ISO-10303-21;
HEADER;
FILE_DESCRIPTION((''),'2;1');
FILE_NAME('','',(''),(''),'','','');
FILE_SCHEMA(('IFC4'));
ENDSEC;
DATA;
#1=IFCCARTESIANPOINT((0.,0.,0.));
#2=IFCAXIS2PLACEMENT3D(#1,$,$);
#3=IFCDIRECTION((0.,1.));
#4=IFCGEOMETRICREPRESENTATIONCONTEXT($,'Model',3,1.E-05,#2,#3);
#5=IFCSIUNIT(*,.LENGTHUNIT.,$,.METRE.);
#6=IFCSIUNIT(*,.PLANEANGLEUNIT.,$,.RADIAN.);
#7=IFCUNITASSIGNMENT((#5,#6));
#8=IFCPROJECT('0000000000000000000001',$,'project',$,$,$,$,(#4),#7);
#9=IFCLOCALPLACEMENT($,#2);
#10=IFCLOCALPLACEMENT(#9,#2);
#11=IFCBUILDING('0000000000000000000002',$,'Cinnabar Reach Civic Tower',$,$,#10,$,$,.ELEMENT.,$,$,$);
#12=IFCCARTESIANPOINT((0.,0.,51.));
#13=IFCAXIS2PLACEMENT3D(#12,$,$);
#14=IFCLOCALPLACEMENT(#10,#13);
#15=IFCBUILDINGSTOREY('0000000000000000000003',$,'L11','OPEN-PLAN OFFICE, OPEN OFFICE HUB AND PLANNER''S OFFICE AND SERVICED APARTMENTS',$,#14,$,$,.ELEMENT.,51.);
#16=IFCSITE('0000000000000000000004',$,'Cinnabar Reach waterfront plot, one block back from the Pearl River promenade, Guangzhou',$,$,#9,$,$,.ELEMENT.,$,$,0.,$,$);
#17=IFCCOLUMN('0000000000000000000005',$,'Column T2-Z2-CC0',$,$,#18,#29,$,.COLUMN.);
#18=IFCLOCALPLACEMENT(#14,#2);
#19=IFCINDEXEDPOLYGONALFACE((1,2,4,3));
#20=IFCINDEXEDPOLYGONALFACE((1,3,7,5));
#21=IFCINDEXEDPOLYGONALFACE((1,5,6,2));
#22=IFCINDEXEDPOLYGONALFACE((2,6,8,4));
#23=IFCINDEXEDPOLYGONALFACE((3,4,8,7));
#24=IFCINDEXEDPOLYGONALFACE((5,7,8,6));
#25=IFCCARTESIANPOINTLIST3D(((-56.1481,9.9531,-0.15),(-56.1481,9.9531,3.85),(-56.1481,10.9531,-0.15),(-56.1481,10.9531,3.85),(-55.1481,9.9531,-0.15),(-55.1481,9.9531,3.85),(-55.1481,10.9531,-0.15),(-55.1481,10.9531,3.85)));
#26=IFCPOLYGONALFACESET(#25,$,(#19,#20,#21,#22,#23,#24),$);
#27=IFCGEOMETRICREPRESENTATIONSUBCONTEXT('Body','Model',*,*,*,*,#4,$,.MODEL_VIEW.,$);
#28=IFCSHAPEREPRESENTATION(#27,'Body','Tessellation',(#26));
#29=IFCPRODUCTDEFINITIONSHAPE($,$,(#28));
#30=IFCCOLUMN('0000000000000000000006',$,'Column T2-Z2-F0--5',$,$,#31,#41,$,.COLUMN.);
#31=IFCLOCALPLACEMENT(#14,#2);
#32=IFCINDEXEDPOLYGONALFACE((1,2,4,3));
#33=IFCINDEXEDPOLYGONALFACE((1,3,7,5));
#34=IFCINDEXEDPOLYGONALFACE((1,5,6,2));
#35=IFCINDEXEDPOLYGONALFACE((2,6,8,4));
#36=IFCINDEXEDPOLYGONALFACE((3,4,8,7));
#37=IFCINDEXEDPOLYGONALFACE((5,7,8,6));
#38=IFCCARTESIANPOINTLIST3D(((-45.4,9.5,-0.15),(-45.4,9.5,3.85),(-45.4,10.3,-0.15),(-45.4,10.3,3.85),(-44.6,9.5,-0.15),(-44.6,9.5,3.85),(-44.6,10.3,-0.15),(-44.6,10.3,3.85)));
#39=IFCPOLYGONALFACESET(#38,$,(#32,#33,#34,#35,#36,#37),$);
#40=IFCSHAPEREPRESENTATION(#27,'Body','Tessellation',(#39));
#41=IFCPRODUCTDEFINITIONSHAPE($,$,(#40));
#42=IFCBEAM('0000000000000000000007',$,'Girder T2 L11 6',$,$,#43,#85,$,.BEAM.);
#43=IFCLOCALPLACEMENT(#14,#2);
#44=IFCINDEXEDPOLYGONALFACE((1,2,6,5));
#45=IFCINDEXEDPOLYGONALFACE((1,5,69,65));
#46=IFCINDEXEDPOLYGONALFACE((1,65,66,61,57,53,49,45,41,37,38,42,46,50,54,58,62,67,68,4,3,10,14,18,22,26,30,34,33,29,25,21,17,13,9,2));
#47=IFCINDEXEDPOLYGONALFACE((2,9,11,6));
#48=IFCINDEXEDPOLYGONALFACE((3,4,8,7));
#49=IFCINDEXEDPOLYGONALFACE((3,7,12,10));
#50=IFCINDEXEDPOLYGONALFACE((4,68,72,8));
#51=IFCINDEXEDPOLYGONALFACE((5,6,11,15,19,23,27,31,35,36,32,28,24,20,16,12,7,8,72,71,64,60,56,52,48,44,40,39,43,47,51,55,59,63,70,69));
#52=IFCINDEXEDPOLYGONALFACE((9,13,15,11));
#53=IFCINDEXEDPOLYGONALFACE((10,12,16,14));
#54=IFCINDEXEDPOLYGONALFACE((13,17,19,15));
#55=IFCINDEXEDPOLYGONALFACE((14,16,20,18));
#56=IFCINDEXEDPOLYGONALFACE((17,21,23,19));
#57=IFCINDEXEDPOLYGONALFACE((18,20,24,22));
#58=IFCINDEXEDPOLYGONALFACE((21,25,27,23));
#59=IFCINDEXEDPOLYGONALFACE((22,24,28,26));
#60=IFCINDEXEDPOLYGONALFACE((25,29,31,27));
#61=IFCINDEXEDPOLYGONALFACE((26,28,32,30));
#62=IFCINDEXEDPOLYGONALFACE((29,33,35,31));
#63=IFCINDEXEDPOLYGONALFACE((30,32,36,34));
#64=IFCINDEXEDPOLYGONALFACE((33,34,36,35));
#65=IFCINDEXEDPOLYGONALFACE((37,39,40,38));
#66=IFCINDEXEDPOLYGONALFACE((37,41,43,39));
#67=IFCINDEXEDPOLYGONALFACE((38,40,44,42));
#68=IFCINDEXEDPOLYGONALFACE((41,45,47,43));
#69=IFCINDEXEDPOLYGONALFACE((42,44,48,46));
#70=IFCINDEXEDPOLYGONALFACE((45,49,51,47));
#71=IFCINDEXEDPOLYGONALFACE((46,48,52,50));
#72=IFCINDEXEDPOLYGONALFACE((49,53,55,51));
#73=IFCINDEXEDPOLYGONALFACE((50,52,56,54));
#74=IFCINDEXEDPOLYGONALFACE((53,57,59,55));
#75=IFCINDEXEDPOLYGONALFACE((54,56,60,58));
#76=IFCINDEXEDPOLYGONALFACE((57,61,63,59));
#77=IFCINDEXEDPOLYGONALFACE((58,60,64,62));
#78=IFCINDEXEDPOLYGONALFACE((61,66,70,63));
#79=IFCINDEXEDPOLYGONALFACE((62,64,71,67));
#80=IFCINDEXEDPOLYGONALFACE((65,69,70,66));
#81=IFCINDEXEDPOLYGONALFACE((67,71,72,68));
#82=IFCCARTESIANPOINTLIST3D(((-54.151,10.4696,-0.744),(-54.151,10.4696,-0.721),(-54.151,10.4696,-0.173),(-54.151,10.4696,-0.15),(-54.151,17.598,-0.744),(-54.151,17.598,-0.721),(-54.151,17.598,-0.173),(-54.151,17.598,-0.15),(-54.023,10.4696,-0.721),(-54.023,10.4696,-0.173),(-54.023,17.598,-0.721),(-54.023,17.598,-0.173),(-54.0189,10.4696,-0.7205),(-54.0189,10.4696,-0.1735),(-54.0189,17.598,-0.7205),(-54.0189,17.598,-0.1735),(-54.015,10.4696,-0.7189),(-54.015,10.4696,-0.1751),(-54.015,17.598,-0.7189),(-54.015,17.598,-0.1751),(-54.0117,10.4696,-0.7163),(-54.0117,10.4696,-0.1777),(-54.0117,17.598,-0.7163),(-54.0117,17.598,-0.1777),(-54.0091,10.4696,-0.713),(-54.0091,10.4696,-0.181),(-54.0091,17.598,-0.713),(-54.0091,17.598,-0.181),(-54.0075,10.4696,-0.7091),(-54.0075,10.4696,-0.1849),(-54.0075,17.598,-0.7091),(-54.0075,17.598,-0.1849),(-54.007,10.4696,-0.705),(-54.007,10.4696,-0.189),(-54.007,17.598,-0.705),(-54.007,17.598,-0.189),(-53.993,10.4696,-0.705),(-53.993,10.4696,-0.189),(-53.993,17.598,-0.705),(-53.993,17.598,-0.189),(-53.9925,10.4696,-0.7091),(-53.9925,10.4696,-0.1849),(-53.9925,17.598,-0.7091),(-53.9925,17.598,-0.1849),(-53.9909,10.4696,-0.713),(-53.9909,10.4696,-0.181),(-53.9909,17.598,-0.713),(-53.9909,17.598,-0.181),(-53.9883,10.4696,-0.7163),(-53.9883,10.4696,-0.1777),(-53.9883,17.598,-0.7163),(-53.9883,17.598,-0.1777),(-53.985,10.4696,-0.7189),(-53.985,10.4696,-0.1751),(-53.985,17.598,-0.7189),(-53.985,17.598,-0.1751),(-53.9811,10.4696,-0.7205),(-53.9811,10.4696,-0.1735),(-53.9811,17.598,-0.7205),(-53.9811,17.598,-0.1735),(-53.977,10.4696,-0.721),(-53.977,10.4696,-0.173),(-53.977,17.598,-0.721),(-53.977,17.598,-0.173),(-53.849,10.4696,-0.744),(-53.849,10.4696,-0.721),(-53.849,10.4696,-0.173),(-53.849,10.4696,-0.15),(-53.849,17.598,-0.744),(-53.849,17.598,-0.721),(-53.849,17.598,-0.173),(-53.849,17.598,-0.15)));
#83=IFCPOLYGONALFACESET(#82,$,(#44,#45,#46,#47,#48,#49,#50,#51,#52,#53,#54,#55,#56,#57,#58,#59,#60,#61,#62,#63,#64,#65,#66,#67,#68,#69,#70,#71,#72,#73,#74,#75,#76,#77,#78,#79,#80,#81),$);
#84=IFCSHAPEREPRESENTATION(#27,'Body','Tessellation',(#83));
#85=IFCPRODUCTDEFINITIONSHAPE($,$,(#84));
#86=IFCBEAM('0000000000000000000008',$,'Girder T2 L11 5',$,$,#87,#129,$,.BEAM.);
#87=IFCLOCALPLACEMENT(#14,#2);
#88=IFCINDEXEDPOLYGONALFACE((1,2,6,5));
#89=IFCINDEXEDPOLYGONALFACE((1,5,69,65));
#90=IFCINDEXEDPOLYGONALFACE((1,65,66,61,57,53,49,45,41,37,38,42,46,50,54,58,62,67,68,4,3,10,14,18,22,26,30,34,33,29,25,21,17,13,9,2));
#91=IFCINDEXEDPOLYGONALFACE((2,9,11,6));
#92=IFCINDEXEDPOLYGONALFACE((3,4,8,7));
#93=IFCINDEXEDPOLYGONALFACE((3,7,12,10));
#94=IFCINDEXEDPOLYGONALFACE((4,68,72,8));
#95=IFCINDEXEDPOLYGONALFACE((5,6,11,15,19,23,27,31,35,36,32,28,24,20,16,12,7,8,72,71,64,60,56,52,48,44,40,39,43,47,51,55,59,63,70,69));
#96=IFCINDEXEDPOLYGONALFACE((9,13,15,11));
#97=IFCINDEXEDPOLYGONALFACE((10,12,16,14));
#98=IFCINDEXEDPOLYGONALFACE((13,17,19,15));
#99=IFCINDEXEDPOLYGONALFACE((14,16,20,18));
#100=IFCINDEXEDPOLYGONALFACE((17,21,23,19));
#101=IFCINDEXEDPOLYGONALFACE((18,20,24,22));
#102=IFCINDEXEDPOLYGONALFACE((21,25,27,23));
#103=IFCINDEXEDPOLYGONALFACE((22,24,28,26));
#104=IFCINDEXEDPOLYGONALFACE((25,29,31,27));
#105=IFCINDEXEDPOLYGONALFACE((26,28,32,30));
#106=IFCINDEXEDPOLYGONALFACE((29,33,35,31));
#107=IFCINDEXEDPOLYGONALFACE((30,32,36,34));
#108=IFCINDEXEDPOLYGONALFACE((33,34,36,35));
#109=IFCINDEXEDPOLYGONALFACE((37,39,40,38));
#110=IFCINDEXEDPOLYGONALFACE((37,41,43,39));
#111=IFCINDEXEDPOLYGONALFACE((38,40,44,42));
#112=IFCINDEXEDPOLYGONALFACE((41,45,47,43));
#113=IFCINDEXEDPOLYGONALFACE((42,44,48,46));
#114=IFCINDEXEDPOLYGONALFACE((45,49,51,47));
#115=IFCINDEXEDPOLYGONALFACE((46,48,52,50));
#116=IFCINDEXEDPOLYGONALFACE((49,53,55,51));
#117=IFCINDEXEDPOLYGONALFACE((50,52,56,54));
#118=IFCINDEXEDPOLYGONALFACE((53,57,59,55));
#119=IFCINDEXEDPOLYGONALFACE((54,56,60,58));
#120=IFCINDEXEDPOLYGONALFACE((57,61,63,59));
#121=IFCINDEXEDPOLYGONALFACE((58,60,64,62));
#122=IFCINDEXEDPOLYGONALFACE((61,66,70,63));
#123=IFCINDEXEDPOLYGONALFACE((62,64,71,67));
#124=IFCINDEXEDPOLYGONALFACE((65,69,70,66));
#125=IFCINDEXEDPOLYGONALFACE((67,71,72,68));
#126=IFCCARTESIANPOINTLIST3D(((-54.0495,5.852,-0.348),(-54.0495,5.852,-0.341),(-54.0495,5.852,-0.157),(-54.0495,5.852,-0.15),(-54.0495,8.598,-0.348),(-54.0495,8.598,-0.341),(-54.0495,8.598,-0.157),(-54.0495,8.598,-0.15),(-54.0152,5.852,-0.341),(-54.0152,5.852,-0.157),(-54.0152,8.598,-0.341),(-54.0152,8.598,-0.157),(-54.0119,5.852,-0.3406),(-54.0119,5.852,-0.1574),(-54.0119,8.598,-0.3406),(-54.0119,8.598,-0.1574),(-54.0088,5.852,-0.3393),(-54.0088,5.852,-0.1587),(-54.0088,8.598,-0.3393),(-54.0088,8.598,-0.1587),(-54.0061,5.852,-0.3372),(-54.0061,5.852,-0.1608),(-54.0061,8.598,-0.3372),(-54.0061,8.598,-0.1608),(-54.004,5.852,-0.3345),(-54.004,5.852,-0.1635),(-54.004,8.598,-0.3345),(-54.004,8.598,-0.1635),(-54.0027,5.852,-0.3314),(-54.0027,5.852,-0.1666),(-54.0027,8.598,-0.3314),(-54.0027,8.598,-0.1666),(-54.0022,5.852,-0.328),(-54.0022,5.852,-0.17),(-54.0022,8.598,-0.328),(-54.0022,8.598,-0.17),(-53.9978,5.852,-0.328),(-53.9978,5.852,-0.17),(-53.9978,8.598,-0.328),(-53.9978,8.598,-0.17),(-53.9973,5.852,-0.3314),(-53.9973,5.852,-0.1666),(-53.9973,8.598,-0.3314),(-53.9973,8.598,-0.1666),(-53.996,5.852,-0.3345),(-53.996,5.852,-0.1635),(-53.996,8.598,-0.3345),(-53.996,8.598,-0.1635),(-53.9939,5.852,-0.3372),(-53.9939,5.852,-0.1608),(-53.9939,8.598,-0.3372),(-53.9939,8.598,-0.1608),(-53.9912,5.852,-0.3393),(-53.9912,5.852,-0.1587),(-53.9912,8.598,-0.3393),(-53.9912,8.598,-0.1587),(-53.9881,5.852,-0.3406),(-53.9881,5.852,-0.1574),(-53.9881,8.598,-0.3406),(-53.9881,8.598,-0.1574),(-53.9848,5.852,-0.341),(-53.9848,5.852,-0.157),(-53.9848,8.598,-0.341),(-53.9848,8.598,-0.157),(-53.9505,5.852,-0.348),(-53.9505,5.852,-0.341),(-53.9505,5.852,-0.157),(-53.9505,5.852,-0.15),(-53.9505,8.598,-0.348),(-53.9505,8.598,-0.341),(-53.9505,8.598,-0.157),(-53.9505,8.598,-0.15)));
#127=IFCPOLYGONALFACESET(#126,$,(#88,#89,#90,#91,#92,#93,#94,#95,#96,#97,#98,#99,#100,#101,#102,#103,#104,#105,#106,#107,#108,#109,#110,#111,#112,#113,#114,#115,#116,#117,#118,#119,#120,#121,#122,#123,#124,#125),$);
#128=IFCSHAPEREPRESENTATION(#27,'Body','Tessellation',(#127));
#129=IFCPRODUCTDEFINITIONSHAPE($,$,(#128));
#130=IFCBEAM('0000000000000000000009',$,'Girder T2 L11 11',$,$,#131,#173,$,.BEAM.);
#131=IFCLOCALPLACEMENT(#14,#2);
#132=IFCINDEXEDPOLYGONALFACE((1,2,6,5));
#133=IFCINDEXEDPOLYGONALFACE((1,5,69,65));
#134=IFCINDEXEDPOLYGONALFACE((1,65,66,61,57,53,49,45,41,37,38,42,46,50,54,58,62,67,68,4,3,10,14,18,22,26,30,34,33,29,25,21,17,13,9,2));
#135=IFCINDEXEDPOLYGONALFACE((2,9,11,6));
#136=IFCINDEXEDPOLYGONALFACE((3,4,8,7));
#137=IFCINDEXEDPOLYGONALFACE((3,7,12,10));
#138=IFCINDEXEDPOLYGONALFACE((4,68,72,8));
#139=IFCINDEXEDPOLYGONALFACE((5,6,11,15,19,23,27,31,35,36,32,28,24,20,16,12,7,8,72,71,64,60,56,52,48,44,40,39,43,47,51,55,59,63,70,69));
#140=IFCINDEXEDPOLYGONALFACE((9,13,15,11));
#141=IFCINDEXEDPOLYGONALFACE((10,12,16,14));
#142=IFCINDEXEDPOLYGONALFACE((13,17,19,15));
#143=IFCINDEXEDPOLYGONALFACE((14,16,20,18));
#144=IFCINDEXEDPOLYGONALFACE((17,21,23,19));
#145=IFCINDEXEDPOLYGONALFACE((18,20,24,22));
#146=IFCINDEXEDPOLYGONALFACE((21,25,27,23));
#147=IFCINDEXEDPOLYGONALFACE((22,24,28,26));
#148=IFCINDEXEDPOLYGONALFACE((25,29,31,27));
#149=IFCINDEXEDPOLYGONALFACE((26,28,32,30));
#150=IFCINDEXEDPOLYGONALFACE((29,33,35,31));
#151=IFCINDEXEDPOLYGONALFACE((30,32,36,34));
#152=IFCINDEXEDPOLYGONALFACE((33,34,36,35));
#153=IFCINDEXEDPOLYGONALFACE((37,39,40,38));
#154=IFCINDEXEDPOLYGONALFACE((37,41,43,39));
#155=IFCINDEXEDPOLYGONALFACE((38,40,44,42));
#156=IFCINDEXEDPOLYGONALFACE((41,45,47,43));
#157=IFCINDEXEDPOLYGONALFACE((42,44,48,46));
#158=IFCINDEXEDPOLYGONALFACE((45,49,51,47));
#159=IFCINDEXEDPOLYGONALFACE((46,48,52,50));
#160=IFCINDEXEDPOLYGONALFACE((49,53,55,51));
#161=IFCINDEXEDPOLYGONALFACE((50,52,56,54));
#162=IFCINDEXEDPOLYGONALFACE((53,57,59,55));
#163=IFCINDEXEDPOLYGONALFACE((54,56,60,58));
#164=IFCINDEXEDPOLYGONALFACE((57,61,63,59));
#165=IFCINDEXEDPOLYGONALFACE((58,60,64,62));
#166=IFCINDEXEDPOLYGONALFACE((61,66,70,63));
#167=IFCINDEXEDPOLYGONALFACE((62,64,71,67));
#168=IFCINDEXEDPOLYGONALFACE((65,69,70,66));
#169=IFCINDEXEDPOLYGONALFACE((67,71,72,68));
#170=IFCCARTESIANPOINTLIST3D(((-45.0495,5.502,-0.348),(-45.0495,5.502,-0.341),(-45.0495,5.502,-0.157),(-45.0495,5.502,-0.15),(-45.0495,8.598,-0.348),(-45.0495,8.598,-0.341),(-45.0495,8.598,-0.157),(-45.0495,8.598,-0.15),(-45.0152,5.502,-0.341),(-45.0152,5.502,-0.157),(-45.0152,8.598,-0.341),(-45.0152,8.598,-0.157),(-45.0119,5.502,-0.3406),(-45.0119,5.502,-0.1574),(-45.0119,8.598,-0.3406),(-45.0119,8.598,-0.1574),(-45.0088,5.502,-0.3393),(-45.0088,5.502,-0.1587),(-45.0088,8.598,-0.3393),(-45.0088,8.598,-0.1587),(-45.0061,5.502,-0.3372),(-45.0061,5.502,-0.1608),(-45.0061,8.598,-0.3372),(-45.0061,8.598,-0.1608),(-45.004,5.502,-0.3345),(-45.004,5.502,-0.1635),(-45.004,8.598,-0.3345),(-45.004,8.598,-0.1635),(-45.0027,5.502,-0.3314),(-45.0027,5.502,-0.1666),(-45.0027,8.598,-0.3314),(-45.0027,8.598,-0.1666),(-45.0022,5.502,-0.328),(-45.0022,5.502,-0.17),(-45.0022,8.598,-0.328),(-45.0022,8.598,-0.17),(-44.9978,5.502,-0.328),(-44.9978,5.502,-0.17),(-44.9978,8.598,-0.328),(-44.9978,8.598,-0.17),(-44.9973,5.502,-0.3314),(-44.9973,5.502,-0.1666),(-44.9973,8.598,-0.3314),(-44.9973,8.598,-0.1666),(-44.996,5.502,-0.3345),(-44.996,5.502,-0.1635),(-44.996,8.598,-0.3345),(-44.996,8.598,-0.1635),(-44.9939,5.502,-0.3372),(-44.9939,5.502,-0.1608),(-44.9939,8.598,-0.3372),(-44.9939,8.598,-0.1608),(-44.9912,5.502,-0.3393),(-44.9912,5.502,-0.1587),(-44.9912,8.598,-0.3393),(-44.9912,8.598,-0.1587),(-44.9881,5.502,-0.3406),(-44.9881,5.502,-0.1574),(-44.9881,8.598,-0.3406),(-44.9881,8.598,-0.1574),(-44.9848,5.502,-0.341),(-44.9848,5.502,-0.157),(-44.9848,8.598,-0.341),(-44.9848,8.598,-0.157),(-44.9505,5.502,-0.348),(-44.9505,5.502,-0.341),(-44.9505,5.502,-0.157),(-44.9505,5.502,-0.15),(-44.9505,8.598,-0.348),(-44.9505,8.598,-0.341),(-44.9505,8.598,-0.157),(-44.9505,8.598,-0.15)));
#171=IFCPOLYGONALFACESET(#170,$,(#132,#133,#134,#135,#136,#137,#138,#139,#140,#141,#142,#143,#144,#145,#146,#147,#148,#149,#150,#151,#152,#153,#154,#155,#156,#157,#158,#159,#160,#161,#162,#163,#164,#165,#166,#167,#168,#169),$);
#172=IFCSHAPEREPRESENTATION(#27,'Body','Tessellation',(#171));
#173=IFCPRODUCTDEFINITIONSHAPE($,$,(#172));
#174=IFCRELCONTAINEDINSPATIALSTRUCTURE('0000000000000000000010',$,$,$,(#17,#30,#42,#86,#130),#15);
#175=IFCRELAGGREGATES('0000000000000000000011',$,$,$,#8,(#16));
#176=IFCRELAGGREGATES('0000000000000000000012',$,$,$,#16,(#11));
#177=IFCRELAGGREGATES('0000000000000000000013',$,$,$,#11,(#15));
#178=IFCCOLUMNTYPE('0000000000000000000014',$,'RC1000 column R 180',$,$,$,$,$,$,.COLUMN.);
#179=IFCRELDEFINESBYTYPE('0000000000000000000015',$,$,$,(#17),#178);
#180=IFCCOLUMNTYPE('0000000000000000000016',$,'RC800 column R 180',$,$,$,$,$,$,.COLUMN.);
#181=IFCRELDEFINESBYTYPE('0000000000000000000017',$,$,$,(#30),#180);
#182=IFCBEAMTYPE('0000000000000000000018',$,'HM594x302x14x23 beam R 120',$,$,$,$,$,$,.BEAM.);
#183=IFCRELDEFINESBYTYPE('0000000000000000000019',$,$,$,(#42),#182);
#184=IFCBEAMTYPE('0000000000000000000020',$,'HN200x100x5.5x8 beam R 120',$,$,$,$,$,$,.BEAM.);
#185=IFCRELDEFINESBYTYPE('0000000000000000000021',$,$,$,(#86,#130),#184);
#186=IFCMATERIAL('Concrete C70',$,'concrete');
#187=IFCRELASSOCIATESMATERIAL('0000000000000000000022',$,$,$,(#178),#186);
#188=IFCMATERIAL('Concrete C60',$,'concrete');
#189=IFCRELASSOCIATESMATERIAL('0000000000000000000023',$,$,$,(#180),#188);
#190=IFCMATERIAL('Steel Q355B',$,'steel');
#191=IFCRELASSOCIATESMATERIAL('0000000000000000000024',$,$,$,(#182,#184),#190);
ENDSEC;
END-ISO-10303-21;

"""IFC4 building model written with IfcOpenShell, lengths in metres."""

from ifc_helpers import new_model, si_unit, direction, frame, origin, origin_2d, place, context, subcontext, project, spatial, rectangle, i_section, extrude, material, material_profile, profile_set, type_object, element, save


model = new_model("IFC4")

# Units and contexts
model_context = context("Model", 3, precision=1e-05, world=origin(), true_north=direction((0.0, 1.0)))
body_context = subcontext(model_context, "Body", "Model", "MODEL_VIEW")
ifc_project = project(units=[si_unit("LENGTHUNIT", "METRE"), si_unit("PLANEANGLEUNIT", "RADIAN")], contexts=[model_context])

# Site, building, storey
site_placement = place(None, origin())
site = spatial("IfcSite", under=ifc_project, at=site_placement, Name="Cinnabar Reach waterfront plot, one block back from the Pearl River promenade, Guangzhou", CompositionType="ELEMENT", RefElevation=0.0)
building_placement = place(site_placement, origin())
building = spatial("IfcBuilding", under=site, at=building_placement, Name="Cinnabar Reach Civic Tower", CompositionType="ELEMENT")
storey_placement = place(building_placement, frame((0.0, 0.0, 51.0)))
storey = spatial("IfcBuildingStorey", under=building, at=storey_placement, Name="L11", Description="OPEN-PLAN OFFICE, OPEN OFFICE HUB AND PLANNER'S OFFICE AND SERVICED APARTMENTS", CompositionType="ELEMENT", Elevation=51.0)

# Columns
ifc_material_1 = material(Name="Concrete C70", Category="concrete")
ifc_material_profile_1 = material_profile(ifc_material_1, rectangle(XDim=1.0, YDim=1.0, at=origin_2d()), Name="RC1000")
ifc_profile_set_1 = profile_set([ifc_material_profile_1], Name="Concrete C70")
column_type_1 = type_object("IfcColumnType", Name="RC1000 column R 180", PredefinedType="COLUMN", material=ifc_profile_set_1)
column_1_placement = place(storey_placement, frame((-55.6481, 10.4531, -0.15), z_axis=(0.0, 0.0, 1.0), x_axis=(1.0, 0.0, 0.0)))
element("IfcColumn", 1, at=column_1_placement, inside=storey, type_object=column_type_1, Name="Column T2-Z2-CC0", PredefinedType="COLUMN", context=body_context, shape_type="SweptSolid", body=[
    extrude(rectangle(XDim=1.0, YDim=1.0, at=origin_2d()), origin(), (0.0, 0.0, 1.0), 4.0),
])
ifc_material_2 = material(Name="Concrete C60", Category="concrete")
ifc_material_profile_2 = material_profile(ifc_material_2, rectangle(XDim=0.8, YDim=0.8, at=origin_2d()), Name="RC800")
ifc_profile_set_2 = profile_set([ifc_material_profile_2], Name="Concrete C60")
column_type_2 = type_object("IfcColumnType", Name="RC800 column R 180", PredefinedType="COLUMN", material=ifc_profile_set_2)
column_2_placement = place(storey_placement, frame((-45.0, 9.9, -0.15), z_axis=(0.0, 0.0, 1.0), x_axis=(1.0, 0.0, 0.0)))
element("IfcColumn", 2, at=column_2_placement, inside=storey, type_object=column_type_2, Name="Column T2-Z2-F0--5", PredefinedType="COLUMN", context=body_context, shape_type="SweptSolid", body=[
    extrude(rectangle(XDim=0.8, YDim=0.8, at=origin_2d()), origin(), (0.0, 0.0, 1.0), 4.0),
])

# Beams
ifc_material_3 = material(Name="Steel Q355B", Category="steel")
ifc_material_profile_3 = material_profile(ifc_material_3, i_section(OverallWidth=0.302, OverallDepth=0.594, WebThickness=0.014, FlangeThickness=0.023, FilletRadius=0.016, at=origin_2d()), Name="HM594x302x14x23")
ifc_profile_set_3 = profile_set([ifc_material_profile_3], Name="Steel Q355B")
beam_type_1 = type_object("IfcBeamType", Name="HM594x302x14x23 beam R 120", PredefinedType="BEAM", material=ifc_profile_set_3)
beam_1_placement = place(storey_placement, frame((-54.0, 10.4696, -0.447), z_axis=(0.0, 1.0, 0.0), x_axis=(-1.0, 0.0, 0.0)))
element("IfcBeam", 3, at=beam_1_placement, inside=storey, type_object=beam_type_1, Name="Girder T2 L11 6", PredefinedType="BEAM", context=body_context, shape_type="SweptSolid", body=[
    extrude(i_section(OverallWidth=0.302, OverallDepth=0.594, WebThickness=0.014, FlangeThickness=0.023, FilletRadius=0.016, at=origin_2d()), origin(), (0.0, 0.0, 1.0), 7.1284),
])
ifc_material_profile_4 = material_profile(ifc_material_3, i_section(OverallWidth=0.099, OverallDepth=0.198, WebThickness=0.0045, FlangeThickness=0.007, FilletRadius=0.013, at=origin_2d()), Name="HN200x100x5.5x8")
ifc_profile_set_4 = profile_set([ifc_material_profile_4], Name="Steel Q355B")
beam_type_2 = type_object("IfcBeamType", Name="HN200x100x5.5x8 beam R 120", PredefinedType="BEAM", material=ifc_profile_set_4)
beam_2_placement = place(storey_placement, frame((-54.0, 5.852, -0.249), z_axis=(0.0, 1.0, 0.0), x_axis=(-1.0, 0.0, 0.0)))
element("IfcBeam", 4, at=beam_2_placement, inside=storey, type_object=beam_type_2, Name="Girder T2 L11 5", PredefinedType="BEAM", context=body_context, shape_type="SweptSolid", body=[
    extrude(i_section(OverallWidth=0.099, OverallDepth=0.198, WebThickness=0.0045, FlangeThickness=0.007, FilletRadius=0.013, at=origin_2d()), origin(), (0.0, 0.0, 1.0), 2.746),
])
beam_3_placement = place(storey_placement, frame((-45.0, 5.502, -0.249), z_axis=(0.0, 1.0, 0.0), x_axis=(-1.0, 0.0, 0.0)))
element("IfcBeam", 5, at=beam_3_placement, inside=storey, type_object=beam_type_2, Name="Girder T2 L11 11", PredefinedType="BEAM", context=body_context, shape_type="SweptSolid", body=[
    extrude(i_section(OverallWidth=0.099, OverallDepth=0.198, WebThickness=0.0045, FlangeThickness=0.007, FilletRadius=0.013, at=origin_2d()), origin(), (0.0, 0.0, 1.0), 3.096),
])

save(model, "model.ifc")
